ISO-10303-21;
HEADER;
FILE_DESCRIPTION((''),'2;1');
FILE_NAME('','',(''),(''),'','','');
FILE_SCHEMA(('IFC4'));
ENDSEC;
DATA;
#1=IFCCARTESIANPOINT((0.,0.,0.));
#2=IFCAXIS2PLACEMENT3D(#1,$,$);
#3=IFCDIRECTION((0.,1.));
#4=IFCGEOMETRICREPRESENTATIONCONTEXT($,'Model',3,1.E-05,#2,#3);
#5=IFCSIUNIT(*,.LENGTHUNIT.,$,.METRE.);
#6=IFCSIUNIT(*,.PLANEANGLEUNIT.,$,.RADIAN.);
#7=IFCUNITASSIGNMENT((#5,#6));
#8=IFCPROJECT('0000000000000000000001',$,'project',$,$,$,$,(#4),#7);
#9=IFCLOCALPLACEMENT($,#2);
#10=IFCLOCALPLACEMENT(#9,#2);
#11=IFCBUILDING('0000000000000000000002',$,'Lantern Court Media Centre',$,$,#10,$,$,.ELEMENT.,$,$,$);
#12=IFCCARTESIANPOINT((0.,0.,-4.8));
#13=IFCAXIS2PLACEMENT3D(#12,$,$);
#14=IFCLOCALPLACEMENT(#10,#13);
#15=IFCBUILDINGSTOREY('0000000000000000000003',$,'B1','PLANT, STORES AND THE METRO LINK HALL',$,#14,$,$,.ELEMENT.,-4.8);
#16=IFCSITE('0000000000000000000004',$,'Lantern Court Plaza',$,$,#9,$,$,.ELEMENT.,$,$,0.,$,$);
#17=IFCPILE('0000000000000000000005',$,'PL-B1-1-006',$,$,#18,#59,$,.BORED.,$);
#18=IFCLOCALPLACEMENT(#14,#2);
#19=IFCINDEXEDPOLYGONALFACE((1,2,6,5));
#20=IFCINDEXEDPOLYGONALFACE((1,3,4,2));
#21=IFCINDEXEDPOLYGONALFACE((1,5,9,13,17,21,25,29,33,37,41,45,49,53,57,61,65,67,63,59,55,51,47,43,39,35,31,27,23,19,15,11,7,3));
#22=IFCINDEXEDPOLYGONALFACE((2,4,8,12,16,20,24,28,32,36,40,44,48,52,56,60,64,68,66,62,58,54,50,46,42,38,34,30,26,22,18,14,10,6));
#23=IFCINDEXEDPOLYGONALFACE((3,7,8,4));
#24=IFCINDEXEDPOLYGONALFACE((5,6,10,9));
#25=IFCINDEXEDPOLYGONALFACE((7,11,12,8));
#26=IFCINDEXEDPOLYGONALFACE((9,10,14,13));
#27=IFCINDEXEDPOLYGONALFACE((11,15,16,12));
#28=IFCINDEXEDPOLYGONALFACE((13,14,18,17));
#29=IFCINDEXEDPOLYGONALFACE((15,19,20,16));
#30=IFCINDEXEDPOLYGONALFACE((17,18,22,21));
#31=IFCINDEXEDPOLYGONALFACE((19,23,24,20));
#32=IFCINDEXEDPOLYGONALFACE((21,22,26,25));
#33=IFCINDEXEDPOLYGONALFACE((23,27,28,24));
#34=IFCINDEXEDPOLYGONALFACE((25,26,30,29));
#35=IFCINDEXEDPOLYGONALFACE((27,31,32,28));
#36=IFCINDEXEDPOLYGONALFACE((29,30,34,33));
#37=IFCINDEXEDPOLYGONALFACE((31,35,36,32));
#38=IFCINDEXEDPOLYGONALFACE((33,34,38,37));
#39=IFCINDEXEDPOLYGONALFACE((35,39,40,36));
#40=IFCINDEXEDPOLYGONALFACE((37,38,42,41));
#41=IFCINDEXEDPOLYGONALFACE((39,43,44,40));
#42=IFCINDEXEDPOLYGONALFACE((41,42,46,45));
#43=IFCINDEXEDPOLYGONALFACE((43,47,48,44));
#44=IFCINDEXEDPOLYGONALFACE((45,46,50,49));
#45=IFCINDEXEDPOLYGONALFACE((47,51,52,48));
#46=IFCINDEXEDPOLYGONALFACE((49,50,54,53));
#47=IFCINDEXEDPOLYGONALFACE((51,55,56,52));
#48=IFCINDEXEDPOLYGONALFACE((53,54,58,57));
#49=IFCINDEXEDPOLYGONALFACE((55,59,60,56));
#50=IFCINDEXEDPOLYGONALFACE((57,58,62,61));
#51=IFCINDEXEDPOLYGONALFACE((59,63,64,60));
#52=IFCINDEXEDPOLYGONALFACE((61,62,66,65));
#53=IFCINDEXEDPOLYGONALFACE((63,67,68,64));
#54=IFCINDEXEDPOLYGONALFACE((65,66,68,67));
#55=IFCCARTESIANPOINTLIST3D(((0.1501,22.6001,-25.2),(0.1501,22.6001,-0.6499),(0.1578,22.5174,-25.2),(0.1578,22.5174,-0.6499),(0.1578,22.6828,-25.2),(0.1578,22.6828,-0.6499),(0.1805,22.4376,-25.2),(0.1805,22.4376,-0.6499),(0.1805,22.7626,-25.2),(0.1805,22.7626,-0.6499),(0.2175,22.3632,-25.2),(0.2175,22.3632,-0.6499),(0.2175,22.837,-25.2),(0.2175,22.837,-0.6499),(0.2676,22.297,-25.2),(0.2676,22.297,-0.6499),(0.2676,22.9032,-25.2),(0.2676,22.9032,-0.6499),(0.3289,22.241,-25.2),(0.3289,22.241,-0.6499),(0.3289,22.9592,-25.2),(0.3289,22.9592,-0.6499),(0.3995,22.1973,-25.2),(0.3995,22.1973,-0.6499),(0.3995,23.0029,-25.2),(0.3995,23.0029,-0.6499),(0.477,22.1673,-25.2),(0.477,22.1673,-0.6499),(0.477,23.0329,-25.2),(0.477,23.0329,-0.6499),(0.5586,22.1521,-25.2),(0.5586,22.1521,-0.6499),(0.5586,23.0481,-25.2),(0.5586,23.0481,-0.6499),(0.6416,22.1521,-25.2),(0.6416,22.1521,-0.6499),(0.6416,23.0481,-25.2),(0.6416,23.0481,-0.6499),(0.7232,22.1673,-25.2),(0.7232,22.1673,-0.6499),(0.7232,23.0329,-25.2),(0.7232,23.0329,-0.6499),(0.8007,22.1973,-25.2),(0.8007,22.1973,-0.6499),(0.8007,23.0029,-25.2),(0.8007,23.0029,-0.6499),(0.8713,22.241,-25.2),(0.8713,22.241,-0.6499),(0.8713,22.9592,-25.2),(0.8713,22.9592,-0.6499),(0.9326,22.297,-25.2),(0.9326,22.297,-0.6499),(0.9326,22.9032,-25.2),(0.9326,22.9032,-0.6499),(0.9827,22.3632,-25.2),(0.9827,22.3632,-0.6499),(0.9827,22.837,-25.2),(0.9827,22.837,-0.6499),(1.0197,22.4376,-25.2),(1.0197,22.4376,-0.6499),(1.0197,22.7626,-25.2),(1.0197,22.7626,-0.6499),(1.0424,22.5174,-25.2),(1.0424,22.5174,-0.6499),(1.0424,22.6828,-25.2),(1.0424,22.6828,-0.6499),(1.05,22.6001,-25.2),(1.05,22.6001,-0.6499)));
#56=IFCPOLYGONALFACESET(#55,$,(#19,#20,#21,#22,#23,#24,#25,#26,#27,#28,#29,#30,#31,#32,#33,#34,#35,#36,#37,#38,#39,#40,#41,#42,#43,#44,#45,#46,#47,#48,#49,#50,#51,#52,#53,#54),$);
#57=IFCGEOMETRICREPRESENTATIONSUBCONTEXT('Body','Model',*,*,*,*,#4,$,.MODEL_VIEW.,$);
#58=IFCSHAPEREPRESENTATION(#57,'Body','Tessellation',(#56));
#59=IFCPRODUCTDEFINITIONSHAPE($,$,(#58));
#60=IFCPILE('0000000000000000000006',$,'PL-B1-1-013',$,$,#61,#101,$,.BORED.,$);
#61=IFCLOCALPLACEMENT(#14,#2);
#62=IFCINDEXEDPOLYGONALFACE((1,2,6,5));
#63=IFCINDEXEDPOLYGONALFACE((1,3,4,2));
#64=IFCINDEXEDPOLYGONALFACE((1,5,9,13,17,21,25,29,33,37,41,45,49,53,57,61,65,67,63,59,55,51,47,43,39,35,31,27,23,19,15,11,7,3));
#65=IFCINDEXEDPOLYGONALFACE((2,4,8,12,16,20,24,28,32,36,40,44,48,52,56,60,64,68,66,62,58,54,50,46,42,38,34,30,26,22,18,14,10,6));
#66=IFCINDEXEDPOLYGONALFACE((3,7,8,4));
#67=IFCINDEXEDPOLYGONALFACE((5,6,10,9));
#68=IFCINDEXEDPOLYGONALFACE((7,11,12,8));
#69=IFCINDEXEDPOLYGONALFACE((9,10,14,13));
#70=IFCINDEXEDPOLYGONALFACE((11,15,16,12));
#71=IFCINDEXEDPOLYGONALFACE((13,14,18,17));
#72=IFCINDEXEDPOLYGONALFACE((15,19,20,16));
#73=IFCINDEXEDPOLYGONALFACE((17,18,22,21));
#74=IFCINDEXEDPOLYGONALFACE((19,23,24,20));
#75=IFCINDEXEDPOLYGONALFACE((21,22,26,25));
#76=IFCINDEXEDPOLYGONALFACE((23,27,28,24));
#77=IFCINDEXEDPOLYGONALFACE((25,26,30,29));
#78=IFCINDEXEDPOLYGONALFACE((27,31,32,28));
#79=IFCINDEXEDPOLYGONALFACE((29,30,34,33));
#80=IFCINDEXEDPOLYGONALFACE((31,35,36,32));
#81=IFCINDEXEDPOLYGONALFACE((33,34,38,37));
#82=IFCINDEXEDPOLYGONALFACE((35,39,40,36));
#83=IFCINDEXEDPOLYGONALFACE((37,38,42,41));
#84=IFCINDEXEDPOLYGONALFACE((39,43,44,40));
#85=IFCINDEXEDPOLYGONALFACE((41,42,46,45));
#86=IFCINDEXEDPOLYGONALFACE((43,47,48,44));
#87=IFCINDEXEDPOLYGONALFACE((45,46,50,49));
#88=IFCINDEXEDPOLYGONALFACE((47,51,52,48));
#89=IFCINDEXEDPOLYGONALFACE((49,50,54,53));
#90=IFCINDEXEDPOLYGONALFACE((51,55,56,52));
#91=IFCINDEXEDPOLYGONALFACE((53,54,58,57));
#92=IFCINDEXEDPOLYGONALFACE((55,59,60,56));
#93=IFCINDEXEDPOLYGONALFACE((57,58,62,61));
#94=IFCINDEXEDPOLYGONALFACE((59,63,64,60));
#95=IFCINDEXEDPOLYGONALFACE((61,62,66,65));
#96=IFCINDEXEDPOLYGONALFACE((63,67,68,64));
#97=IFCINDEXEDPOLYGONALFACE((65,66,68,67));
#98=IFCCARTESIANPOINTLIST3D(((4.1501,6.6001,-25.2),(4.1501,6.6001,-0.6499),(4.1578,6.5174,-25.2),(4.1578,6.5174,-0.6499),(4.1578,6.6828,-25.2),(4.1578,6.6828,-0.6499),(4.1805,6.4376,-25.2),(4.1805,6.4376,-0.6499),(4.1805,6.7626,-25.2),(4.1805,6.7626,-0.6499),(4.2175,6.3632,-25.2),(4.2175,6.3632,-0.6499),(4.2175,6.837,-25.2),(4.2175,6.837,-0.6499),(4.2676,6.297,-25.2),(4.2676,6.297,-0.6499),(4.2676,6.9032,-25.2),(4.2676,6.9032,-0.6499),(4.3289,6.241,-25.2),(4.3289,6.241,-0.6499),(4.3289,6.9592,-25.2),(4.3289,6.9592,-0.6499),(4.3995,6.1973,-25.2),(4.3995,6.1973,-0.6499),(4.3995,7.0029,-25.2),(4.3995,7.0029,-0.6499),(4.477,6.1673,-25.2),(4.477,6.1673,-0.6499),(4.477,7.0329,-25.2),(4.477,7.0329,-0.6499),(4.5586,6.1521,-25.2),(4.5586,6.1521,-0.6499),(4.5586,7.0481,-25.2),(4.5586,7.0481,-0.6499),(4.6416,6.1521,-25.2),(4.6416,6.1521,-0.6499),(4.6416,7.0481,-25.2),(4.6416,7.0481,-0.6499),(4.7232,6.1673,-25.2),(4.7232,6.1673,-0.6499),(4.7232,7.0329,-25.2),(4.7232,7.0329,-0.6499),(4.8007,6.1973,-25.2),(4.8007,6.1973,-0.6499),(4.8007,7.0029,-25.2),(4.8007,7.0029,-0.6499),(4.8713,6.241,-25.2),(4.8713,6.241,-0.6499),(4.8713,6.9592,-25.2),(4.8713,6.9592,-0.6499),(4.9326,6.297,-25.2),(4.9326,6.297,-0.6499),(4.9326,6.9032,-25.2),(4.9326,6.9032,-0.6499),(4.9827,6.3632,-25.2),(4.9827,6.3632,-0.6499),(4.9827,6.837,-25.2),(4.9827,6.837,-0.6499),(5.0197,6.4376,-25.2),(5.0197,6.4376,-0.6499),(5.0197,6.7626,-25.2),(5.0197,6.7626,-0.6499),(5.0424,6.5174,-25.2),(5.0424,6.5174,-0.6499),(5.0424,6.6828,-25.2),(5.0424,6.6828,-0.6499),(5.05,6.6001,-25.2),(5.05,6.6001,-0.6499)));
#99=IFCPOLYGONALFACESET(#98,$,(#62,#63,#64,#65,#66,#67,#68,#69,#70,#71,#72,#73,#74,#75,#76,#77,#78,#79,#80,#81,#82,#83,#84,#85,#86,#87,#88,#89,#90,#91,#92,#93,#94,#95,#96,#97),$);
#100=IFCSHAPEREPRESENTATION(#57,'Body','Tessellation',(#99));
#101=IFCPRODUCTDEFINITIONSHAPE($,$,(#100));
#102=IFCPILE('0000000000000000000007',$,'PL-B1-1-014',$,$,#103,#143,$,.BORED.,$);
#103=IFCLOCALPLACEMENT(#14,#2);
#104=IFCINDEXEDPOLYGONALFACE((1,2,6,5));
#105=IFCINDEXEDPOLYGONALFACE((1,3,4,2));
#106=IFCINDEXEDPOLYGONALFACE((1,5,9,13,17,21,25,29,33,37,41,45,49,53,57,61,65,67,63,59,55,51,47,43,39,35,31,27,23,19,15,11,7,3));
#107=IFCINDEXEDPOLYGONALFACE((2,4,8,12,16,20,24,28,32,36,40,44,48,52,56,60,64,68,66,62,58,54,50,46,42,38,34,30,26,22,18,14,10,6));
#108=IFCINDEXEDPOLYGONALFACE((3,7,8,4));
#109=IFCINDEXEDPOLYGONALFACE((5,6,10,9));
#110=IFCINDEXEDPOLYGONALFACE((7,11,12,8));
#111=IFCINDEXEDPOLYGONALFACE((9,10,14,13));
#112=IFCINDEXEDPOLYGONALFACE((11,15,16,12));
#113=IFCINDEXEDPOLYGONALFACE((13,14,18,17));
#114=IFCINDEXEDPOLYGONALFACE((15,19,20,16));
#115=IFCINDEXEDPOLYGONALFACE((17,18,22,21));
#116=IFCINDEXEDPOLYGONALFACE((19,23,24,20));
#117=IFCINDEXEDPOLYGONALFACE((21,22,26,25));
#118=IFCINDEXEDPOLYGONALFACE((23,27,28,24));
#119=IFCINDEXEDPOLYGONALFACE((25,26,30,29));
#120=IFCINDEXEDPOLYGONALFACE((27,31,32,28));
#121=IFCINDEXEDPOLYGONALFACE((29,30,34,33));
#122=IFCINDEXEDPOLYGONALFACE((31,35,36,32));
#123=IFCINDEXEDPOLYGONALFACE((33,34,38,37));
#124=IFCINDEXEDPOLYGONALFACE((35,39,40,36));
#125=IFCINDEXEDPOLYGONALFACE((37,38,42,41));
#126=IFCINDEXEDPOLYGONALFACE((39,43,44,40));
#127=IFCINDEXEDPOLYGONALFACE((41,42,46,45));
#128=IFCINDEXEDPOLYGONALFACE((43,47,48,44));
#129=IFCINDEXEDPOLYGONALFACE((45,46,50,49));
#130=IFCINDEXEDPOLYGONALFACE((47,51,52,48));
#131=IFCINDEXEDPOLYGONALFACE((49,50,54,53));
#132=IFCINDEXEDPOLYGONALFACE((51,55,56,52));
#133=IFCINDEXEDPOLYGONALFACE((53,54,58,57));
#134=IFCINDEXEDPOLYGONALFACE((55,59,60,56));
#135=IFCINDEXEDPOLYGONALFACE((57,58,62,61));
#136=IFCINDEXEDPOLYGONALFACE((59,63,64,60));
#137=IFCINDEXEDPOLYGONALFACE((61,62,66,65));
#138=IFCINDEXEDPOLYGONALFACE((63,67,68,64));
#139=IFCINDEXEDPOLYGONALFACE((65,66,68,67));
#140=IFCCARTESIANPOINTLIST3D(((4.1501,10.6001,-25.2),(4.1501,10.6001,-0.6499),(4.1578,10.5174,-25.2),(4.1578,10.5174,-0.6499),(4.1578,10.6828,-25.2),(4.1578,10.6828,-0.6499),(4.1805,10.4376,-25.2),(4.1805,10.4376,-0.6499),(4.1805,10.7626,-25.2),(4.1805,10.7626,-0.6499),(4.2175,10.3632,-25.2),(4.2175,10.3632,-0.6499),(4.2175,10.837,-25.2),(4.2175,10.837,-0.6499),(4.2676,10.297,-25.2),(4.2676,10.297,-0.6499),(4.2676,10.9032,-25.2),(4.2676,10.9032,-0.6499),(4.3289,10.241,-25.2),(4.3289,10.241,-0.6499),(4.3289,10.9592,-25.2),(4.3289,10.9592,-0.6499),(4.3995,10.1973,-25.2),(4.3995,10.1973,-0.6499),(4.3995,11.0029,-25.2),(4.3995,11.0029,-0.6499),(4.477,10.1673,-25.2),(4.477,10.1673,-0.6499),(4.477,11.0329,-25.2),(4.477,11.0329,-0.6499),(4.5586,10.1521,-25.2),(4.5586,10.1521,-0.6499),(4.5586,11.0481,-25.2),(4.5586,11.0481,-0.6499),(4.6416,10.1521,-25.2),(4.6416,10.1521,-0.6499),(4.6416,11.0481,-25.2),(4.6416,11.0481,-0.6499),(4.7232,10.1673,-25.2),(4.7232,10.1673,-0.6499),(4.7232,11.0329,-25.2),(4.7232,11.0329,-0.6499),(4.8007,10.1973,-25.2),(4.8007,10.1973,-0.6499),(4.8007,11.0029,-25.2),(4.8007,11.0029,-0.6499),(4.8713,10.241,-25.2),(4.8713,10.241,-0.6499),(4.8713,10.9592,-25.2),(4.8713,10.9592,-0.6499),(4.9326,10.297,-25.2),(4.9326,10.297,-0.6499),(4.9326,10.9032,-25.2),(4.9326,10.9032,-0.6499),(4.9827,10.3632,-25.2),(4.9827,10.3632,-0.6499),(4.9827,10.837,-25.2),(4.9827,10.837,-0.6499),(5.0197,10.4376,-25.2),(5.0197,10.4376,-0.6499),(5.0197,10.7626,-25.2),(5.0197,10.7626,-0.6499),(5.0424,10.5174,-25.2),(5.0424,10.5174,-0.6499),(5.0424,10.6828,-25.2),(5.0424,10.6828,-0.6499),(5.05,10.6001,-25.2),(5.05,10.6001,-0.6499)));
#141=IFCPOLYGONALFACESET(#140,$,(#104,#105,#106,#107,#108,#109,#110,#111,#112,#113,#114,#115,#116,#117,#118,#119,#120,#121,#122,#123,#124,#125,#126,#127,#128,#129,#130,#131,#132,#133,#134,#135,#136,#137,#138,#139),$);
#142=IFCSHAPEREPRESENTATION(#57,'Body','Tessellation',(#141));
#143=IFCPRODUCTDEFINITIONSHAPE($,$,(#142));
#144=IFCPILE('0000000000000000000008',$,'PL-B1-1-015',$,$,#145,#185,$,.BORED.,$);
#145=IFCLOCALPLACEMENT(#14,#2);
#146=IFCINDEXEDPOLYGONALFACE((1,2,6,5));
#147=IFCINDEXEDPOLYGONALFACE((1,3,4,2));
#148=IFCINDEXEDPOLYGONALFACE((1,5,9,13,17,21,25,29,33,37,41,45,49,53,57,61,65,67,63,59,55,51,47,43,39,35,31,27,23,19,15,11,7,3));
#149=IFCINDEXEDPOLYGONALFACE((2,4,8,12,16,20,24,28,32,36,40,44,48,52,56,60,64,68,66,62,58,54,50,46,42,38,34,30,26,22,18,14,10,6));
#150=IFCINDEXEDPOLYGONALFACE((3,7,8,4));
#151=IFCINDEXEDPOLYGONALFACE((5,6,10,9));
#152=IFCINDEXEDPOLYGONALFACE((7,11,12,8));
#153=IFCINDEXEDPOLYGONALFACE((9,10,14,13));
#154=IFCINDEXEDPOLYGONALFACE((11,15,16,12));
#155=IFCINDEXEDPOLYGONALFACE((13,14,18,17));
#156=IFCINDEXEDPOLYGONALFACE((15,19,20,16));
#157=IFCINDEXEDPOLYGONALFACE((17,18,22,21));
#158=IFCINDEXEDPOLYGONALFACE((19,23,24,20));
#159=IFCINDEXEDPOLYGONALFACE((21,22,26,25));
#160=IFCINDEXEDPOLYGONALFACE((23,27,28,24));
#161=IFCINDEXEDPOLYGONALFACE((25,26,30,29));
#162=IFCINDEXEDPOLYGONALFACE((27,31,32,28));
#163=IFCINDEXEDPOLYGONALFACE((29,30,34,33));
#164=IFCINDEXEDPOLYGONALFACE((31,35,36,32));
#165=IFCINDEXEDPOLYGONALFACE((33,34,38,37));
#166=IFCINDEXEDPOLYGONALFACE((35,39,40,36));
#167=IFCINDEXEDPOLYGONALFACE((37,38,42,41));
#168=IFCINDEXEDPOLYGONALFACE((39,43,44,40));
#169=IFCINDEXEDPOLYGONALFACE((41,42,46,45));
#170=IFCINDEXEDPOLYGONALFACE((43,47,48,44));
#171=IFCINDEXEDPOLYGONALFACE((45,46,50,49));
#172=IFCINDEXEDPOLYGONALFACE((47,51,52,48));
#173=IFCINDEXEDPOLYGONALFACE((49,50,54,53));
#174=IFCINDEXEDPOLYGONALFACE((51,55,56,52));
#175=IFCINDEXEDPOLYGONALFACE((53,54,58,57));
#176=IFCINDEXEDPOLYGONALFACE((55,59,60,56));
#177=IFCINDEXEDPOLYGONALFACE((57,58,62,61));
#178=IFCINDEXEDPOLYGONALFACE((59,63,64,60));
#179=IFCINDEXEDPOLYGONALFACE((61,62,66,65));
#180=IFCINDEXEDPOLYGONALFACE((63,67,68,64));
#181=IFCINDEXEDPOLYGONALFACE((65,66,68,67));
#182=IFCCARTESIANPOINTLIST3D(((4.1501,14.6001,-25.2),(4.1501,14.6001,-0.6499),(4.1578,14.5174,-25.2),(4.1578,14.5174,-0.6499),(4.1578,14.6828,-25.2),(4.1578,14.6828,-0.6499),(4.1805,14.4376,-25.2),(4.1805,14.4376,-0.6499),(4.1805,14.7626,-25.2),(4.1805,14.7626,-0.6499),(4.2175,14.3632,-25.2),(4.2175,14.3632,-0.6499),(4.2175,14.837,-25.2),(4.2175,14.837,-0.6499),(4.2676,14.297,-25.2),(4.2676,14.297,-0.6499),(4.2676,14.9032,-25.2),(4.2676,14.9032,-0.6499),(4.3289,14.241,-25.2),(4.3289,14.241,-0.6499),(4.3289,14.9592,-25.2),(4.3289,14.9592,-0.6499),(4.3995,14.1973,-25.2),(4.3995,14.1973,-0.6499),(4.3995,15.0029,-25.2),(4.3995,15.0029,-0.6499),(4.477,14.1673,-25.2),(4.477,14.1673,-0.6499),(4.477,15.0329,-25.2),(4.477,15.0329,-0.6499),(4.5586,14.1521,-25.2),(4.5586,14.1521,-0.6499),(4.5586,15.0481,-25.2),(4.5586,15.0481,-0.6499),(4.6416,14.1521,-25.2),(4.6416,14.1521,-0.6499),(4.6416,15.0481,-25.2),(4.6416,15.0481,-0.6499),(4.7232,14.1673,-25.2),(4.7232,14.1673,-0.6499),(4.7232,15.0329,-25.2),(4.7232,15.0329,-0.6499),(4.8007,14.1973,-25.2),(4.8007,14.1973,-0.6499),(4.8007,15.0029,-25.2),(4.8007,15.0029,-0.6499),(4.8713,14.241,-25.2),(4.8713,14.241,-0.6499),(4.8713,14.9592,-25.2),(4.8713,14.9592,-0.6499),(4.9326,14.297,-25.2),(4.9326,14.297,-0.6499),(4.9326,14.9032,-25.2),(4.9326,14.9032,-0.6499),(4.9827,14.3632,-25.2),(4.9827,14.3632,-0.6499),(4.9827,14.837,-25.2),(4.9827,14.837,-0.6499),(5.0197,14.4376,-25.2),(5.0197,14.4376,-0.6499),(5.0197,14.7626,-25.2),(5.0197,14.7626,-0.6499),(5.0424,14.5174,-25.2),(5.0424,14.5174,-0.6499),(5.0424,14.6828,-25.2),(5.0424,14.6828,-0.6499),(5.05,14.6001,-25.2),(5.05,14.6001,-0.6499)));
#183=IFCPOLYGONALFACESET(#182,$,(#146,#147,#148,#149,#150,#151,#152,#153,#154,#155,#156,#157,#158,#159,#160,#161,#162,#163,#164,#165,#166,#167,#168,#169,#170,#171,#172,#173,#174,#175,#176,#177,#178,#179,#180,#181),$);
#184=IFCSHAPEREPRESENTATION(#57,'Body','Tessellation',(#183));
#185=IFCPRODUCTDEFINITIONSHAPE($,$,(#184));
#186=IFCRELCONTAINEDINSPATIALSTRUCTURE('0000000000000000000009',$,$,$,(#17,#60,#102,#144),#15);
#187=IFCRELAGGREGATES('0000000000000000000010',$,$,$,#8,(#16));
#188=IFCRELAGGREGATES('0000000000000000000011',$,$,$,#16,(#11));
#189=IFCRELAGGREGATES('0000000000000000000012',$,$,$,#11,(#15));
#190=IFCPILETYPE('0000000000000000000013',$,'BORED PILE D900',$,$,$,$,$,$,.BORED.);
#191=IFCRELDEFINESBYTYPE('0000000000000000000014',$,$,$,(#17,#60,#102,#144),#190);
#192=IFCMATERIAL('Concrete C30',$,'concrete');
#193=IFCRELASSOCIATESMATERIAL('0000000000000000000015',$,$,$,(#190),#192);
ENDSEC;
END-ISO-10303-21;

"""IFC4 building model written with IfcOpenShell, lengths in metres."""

from ifc_helpers import new_model, si_unit, direction, frame, origin, origin_2d, place, context, subcontext, project, spatial, circle, extrude, material, material_profile, profile_set, type_object, element, save


model = new_model("IFC4")

# Units and contexts
model_context = context("Model", 3, precision=1e-05, world=origin(), true_north=direction((0.0, 1.0)))
body_context = subcontext(model_context, "Body", "Model", "MODEL_VIEW")
ifc_project = project(units=[si_unit("LENGTHUNIT", "METRE"), si_unit("PLANEANGLEUNIT", "RADIAN")], contexts=[model_context])

# Site, building, storey
site_placement = place(None, origin())
site = spatial("IfcSite", under=ifc_project, at=site_placement, Name="Lantern Court Plaza", CompositionType="ELEMENT", RefElevation=0.0)
building_placement = place(site_placement, origin())
building = spatial("IfcBuilding", under=site, at=building_placement, Name="Lantern Court Media Centre", CompositionType="ELEMENT")
storey_placement = place(building_placement, frame((0.0, 0.0, -4.8)))
storey = spatial("IfcBuildingStorey", under=building, at=storey_placement, Name="B1", Description="PLANT, STORES AND THE METRO LINK HALL", CompositionType="ELEMENT", Elevation=-4.8)

# Piles
ifc_material_1 = material(Name="Concrete C30", Category="concrete")
ifc_material_profile_1 = material_profile(ifc_material_1, circle(Radius=0.45, at=origin_2d()), Name="D900")
ifc_profile_set_1 = profile_set([ifc_material_profile_1], Name="Concrete C30")
pile_type = type_object("IfcPileType", Name="BORED PILE D900", PredefinedType="BORED", material=ifc_profile_set_1)
for number, where, z_axis, x_axis, name in (
    (1, (0.6001, 22.6001, -0.6499), (0.0, 0.0, -1.0), (1.0, 0.0, 0.0), "PL-B1-1-006"),
    (2, (4.6001, 6.6001, -0.6499), (0.0, 0.0, -1.0), (1.0, 0.0, 0.0), "PL-B1-1-013"),
    (3, (4.6001, 10.6001, -0.6499), (0.0, 0.0, -1.0), (1.0, 0.0, 0.0), "PL-B1-1-014"),
    (4, (4.6001, 14.6001, -0.6499), (0.0, 0.0, -1.0), (1.0, 0.0, 0.0), "PL-B1-1-015"),
):
    element("IfcPile", number, at=place(storey_placement, frame(where, z_axis=z_axis, x_axis=x_axis)), inside=storey, type_object=pile_type, Name=name, PredefinedType="BORED", context=body_context, shape_type="SweptSolid", body=[
        extrude(circle(Radius=0.45, at=origin_2d()), origin(), (0.0, 0.0, 1.0), 24.55),
    ])

save(model, "model.ifc")
